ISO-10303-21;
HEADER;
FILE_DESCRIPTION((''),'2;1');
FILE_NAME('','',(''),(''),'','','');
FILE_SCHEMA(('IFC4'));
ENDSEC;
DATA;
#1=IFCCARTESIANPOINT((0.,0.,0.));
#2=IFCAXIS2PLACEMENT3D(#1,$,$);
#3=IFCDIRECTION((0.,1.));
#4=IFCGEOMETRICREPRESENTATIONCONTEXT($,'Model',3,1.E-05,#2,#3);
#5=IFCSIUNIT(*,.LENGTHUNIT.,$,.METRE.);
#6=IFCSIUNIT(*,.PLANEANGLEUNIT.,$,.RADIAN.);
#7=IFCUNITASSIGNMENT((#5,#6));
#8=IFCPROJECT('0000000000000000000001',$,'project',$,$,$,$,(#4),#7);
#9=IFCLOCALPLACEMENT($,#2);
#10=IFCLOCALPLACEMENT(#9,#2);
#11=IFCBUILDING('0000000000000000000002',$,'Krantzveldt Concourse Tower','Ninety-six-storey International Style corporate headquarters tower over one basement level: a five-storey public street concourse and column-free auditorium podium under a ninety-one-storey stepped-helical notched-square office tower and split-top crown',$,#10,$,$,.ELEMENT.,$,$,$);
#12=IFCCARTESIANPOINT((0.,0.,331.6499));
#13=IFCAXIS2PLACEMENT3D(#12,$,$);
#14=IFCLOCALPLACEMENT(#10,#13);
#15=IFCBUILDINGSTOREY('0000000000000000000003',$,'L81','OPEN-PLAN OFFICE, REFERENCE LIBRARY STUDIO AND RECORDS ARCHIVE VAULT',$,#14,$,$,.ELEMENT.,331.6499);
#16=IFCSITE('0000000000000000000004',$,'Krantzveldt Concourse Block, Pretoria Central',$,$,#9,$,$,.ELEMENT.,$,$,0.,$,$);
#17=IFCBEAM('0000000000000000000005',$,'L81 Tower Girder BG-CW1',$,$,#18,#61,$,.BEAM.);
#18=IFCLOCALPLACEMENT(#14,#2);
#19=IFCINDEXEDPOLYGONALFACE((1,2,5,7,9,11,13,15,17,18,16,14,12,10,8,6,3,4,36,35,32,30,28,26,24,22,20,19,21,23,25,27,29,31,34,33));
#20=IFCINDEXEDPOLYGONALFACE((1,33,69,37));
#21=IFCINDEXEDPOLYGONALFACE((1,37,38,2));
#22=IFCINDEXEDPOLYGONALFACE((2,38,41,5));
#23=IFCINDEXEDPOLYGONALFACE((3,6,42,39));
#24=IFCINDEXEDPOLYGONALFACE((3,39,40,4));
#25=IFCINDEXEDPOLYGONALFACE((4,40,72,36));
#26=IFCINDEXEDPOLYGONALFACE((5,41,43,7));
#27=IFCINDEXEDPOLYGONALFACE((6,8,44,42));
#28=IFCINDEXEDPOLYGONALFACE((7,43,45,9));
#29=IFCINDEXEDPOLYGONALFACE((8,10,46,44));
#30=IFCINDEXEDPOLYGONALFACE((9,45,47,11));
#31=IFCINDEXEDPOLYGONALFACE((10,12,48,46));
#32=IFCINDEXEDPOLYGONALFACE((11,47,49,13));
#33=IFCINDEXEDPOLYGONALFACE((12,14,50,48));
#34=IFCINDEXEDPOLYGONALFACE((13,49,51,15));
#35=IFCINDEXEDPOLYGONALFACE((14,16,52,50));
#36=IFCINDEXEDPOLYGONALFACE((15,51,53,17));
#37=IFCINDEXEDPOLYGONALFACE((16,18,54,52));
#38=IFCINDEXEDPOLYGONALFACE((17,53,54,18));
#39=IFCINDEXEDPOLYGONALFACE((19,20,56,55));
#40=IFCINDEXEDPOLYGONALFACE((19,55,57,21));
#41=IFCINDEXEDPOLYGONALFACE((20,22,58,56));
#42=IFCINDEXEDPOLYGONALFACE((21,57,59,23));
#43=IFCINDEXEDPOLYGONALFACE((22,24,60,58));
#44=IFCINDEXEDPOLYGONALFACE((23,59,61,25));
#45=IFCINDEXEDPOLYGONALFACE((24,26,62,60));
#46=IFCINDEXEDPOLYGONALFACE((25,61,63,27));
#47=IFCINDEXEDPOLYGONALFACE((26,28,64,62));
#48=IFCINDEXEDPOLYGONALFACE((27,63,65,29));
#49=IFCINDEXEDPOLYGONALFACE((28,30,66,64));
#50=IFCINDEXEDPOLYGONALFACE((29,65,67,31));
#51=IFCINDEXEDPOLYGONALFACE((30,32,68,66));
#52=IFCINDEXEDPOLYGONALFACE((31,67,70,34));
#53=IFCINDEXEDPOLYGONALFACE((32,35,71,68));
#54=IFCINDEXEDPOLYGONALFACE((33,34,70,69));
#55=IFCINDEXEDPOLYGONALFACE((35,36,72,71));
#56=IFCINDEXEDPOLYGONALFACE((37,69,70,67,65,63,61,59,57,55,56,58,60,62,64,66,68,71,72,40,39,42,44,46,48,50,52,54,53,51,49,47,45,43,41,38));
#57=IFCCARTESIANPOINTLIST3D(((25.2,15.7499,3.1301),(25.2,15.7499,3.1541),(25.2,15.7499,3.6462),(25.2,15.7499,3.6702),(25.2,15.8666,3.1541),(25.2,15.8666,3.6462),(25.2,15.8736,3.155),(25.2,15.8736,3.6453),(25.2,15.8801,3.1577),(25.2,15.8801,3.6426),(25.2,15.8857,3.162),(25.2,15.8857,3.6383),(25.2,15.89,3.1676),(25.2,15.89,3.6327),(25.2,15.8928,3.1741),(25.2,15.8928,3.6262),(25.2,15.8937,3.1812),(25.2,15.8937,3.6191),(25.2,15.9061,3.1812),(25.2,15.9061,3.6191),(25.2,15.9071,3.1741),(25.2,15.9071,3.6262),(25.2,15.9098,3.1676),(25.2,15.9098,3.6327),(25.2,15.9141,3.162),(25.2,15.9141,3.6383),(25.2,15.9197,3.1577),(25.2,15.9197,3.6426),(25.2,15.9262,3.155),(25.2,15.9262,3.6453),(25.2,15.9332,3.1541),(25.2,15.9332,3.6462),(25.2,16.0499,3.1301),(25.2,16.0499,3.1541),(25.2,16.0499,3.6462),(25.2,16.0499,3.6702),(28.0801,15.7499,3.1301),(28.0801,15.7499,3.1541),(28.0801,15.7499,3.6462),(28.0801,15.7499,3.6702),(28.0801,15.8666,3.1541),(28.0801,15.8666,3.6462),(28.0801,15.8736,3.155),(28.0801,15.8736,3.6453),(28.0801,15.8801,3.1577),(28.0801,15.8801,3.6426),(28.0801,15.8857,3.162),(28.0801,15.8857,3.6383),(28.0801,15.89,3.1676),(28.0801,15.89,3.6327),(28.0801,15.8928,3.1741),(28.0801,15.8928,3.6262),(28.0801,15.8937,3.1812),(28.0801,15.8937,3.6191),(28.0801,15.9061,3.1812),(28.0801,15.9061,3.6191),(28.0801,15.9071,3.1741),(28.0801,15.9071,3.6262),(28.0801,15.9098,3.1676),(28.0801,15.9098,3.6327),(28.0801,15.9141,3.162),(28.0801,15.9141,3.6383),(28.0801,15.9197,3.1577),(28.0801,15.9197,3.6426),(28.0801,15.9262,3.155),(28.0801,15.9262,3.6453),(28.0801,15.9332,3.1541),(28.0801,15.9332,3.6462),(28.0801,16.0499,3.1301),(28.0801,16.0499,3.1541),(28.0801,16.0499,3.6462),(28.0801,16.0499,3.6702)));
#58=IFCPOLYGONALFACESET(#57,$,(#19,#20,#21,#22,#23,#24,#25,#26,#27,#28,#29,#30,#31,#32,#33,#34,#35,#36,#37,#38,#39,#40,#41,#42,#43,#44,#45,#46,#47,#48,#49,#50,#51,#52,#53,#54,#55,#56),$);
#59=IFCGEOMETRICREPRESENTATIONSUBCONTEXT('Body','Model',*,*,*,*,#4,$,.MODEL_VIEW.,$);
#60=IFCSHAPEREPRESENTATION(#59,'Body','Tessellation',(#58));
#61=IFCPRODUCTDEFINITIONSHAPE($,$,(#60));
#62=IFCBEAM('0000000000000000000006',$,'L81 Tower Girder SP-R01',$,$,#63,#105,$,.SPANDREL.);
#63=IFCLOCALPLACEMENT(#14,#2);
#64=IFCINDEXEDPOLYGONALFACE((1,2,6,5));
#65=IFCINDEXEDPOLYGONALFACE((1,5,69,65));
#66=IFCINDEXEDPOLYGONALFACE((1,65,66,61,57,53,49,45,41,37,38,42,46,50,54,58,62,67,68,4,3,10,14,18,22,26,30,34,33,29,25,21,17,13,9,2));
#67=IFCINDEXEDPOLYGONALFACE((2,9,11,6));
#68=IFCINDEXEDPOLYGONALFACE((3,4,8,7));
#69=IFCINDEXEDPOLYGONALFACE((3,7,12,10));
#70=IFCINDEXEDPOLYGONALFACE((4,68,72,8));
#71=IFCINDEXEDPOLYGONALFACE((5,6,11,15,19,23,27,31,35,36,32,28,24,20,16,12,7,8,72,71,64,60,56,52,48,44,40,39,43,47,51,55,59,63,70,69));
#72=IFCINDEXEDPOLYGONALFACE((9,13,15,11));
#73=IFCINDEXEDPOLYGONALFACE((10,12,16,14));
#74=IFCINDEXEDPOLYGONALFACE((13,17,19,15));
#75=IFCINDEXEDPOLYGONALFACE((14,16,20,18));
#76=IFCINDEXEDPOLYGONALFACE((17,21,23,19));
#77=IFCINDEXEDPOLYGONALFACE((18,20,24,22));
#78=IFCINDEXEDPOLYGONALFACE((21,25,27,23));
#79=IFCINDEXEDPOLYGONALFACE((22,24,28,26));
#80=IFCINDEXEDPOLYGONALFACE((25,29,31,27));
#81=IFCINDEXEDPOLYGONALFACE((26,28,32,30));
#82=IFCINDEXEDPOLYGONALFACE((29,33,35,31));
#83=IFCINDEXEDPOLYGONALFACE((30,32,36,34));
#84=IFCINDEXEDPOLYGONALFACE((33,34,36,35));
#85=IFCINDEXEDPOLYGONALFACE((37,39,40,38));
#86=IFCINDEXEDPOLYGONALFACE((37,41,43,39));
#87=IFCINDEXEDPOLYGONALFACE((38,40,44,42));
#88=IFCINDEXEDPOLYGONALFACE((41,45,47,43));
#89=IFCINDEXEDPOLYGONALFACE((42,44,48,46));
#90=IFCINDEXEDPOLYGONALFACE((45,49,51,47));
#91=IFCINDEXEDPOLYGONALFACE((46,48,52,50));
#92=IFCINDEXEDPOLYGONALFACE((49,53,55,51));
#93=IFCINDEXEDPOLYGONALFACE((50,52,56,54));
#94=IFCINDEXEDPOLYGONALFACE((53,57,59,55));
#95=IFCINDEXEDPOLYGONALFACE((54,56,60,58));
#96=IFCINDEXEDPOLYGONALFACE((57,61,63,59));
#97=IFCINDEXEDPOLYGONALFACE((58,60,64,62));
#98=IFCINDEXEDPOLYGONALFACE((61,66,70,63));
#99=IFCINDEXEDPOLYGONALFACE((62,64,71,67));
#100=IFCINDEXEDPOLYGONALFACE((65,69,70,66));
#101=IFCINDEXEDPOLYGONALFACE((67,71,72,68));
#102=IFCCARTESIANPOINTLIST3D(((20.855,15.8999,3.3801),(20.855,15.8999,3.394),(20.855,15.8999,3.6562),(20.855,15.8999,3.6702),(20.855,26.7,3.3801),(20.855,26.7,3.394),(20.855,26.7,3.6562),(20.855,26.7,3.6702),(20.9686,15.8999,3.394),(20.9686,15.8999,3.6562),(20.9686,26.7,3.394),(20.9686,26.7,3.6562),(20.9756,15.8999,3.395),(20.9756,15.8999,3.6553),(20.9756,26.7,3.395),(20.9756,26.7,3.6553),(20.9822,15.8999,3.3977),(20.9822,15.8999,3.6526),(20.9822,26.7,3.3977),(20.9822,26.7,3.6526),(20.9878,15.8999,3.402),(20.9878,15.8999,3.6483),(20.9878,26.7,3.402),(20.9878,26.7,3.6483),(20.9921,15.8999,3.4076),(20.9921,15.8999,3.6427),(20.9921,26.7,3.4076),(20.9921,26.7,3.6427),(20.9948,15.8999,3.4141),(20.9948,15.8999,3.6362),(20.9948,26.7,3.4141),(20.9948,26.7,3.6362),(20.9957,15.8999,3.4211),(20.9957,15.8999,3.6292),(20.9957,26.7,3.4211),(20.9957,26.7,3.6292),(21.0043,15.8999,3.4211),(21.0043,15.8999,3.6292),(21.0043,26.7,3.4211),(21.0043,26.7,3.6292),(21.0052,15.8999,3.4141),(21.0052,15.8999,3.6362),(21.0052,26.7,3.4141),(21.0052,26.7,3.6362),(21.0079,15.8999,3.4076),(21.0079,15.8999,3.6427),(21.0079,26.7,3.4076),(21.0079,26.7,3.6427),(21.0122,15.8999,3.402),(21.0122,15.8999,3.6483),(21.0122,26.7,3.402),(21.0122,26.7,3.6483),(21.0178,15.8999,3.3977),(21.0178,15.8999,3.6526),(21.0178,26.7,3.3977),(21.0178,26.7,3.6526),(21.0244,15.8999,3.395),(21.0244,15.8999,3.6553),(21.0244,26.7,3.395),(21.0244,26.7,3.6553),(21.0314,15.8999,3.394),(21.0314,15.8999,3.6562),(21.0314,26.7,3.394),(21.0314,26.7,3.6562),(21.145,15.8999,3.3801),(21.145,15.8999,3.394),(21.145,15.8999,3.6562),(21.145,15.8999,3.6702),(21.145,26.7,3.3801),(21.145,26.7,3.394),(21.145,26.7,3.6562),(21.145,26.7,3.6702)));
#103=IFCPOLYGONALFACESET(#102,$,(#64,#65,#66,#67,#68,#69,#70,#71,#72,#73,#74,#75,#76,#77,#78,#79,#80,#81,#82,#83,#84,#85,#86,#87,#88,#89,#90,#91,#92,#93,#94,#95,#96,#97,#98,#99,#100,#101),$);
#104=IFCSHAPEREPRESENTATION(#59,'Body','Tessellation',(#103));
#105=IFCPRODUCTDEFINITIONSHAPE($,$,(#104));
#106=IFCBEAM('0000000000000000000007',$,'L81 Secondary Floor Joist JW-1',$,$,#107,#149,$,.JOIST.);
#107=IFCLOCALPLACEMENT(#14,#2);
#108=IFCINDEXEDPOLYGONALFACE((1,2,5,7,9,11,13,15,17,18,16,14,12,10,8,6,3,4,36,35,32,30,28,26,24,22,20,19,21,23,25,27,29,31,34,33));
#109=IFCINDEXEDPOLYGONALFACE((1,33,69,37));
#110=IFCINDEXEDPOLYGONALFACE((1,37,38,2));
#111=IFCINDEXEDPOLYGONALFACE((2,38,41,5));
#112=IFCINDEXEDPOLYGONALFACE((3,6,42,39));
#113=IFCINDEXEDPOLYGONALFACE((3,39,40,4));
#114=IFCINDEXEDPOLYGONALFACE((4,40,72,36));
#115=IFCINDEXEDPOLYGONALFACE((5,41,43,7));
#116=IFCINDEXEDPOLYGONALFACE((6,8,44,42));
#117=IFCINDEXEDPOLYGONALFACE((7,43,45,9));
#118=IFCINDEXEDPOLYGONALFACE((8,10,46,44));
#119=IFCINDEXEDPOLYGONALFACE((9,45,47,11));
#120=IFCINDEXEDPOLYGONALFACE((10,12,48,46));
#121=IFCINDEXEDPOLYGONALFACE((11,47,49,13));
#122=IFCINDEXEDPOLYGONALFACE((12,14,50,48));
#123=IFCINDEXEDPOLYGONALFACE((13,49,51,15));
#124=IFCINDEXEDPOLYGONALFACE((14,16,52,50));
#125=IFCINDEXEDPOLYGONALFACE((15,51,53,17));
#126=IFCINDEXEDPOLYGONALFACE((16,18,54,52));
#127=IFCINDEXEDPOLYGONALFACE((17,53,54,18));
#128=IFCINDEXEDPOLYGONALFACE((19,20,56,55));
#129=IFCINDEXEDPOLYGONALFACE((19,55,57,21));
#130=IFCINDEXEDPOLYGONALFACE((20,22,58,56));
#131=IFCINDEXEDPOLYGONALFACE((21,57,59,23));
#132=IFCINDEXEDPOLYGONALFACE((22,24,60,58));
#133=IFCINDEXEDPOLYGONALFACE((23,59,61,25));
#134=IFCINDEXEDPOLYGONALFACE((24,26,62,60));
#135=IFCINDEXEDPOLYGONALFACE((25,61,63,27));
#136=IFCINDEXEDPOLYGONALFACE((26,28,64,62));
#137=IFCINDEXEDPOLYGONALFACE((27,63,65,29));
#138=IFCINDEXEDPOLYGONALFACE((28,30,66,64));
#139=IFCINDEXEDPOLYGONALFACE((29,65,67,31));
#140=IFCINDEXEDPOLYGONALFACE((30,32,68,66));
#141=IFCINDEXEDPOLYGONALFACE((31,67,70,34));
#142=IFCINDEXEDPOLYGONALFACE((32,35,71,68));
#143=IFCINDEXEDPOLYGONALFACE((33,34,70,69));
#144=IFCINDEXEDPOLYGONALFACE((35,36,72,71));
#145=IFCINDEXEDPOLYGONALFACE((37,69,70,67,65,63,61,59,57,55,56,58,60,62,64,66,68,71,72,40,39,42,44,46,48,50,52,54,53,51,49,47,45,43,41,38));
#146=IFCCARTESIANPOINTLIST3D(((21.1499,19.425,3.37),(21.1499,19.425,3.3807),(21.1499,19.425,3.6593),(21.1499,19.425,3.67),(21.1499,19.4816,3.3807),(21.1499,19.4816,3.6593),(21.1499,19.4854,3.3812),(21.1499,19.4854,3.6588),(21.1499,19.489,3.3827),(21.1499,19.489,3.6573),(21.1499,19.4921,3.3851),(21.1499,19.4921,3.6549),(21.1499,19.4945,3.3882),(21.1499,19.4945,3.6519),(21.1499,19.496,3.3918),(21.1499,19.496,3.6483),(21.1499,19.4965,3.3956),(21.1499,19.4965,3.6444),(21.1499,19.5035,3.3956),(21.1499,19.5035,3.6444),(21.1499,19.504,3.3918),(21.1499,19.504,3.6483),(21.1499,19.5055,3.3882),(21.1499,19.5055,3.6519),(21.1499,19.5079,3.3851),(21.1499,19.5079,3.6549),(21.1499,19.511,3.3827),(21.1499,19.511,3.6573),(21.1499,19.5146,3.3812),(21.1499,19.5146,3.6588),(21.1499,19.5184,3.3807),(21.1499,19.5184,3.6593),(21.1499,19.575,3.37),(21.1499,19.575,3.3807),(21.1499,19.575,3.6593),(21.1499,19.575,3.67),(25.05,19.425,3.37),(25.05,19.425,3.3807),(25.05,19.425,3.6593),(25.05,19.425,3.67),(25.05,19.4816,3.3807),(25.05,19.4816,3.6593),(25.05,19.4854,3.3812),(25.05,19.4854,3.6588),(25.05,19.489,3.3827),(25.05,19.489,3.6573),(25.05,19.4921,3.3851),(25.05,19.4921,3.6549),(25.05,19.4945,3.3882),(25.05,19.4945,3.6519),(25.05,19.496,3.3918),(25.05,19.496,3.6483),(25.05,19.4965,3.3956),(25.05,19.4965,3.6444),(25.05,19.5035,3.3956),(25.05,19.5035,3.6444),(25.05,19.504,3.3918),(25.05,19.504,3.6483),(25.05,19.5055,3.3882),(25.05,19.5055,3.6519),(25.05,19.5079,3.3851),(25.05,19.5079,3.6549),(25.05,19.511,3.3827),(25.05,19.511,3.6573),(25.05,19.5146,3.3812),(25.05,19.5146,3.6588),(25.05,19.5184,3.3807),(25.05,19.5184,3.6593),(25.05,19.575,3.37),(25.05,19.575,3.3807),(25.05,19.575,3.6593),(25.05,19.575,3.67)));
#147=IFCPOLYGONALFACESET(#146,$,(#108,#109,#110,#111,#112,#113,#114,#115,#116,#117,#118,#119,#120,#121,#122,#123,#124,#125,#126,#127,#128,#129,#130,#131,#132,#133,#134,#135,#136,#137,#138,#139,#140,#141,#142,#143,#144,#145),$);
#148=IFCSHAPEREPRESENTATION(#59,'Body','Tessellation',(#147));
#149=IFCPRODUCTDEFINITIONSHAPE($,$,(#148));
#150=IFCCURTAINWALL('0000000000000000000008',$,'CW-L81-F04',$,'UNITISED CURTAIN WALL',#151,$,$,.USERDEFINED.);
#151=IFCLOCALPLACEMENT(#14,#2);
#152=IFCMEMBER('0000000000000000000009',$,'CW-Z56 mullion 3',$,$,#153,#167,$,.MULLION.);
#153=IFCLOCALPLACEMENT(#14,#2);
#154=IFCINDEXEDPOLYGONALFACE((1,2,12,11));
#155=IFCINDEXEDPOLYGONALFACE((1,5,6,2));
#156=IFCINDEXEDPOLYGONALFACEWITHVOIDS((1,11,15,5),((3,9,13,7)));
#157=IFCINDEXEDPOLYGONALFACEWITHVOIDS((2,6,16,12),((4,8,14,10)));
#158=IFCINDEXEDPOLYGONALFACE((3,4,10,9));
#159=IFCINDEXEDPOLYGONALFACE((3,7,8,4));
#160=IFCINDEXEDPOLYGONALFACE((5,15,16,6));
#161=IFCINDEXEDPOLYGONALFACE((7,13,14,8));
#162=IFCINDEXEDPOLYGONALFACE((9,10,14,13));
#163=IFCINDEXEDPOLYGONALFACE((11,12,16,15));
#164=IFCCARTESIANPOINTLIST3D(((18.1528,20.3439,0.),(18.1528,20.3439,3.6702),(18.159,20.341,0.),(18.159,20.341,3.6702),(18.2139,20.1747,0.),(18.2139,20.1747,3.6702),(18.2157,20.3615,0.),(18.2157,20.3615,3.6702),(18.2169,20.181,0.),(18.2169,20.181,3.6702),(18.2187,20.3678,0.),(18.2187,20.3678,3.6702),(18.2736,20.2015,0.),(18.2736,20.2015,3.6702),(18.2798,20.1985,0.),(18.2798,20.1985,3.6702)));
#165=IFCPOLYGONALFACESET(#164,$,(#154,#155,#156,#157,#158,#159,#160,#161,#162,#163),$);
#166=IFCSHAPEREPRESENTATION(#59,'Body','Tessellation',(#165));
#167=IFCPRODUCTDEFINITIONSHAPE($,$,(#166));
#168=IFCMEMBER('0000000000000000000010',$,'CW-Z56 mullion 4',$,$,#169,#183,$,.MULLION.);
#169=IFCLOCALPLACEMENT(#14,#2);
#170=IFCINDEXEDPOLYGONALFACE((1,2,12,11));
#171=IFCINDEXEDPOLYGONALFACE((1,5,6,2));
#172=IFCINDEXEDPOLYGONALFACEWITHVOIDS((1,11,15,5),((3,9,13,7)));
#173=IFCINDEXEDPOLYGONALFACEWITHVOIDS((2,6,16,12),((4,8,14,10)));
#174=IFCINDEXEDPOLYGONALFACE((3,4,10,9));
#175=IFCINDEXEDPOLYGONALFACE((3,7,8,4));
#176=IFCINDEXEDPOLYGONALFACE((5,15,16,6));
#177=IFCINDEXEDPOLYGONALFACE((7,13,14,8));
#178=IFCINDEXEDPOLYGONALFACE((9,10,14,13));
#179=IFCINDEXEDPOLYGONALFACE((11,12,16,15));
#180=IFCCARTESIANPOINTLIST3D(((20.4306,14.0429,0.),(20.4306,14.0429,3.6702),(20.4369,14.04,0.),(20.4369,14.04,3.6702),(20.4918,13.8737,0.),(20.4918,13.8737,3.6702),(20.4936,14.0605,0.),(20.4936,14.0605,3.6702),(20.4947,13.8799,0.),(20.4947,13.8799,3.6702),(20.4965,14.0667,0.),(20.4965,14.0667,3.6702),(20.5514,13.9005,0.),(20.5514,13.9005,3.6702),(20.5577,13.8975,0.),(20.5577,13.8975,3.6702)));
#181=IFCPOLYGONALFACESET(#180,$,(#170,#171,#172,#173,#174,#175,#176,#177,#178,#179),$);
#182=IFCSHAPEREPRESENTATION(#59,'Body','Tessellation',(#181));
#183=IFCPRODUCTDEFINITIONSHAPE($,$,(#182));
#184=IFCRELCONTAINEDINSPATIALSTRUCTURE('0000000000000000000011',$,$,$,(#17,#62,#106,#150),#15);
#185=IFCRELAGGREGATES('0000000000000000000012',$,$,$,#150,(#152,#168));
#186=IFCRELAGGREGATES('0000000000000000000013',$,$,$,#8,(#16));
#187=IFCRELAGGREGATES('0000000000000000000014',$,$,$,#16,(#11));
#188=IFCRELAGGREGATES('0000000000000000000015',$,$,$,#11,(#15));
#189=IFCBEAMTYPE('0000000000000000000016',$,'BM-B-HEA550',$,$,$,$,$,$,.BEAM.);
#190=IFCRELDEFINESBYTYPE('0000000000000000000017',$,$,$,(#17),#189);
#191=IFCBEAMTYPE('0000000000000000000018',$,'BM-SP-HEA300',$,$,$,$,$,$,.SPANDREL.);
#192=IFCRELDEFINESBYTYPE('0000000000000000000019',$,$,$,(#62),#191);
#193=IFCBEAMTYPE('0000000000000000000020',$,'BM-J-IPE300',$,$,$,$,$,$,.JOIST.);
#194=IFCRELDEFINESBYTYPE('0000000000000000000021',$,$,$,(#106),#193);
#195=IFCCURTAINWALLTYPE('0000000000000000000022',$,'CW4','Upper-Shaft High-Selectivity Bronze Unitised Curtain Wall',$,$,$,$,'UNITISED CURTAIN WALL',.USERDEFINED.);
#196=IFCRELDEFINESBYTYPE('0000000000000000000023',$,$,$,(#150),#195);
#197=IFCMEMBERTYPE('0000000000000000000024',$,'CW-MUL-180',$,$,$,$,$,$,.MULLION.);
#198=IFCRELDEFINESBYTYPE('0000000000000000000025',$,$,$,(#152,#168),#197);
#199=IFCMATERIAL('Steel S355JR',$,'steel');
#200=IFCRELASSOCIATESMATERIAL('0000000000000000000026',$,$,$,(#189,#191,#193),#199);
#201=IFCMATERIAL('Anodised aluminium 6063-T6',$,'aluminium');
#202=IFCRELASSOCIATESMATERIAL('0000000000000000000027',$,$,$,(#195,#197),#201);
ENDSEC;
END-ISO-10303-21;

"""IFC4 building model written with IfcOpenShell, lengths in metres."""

from ifc_helpers import new_model, si_unit, direction, frame, origin, origin_2d, place, context, subcontext, project, spatial, hollow_rectangle, i_section, extrude, source, transform, mapped, material, material_profile, profile_set, type_object, type_shapes, element, aggregate, save


model = new_model("IFC4")

# Units and contexts
model_context = context("Model", 3, precision=1e-05, world=origin(), true_north=direction((0.0, 1.0)))
body_context = subcontext(model_context, "Body", "Model", "MODEL_VIEW")
ifc_project = project(units=[si_unit("LENGTHUNIT", "METRE"), si_unit("PLANEANGLEUNIT", "RADIAN")], contexts=[model_context])

# Site, building, storey
site_placement = place(None, origin())
site = spatial("IfcSite", under=ifc_project, at=site_placement, Name="Krantzveldt Concourse Block, Pretoria Central", CompositionType="ELEMENT", RefElevation=0.0)
building_placement = place(site_placement, origin())
building = spatial("IfcBuilding", under=site, at=building_placement, Name="Krantzveldt Concourse Tower", Description="Ninety-six-storey International Style corporate headquarters tower over one basement level: a five-storey public street concourse and column-free auditorium podium under a ninety-one-storey stepped-helical notched-square office tower and split-top crown", CompositionType="ELEMENT")
storey_placement = place(building_placement, frame((0.0, 0.0, 331.6499)))
storey = spatial("IfcBuildingStorey", under=building, at=storey_placement, Name="L81", Description="OPEN-PLAN OFFICE, REFERENCE LIBRARY STUDIO AND RECORDS ARCHIVE VAULT", CompositionType="ELEMENT", Elevation=331.6499)

# Beams
ifc_material_1 = material(Name="Steel S355JR", Category="steel")
ifc_material_profile_1 = material_profile(ifc_material_1, i_section(OverallWidth=0.3, OverallDepth=0.54, WebThickness=0.0125, FlangeThickness=0.0239, FilletRadius=0.0271, at=origin_2d()), Name="Steel S355JR", Category="steel")
ifc_profile_set_1 = profile_set([ifc_material_profile_1], Name="Steel S355JR - HEA 550")
beam_type_1 = type_object("IfcBeamType", Name="BM-B-HEA550", PredefinedType="BEAM", material=ifc_profile_set_1)
shared_shape_1 = source(origin(), body_context, "Body", "SweptSolid", [
    extrude(i_section(OverallWidth=0.3, OverallDepth=0.54, WebThickness=0.0125, FlangeThickness=0.0239, FilletRadius=0.0271, at=origin_2d()), origin(), (0.0, 0.0, 1.0), 2.8801),
])
beam_1_placement = place(storey_placement, frame((25.2, 15.8999, 3.4001), z_axis=(1.0, 0.0, 0.0), x_axis=(0.0, 1.0, 0.0)))
element("IfcBeam", 1, at=beam_1_placement, inside=storey, type_object=beam_type_1, Name="L81 Tower Girder BG-CW1", PredefinedType="BEAM", context=body_context, shape_type="MappedRepresentation", body=[
    mapped(shared_shape_1, transform((0.0, 0.0, 0.0), x_axis=(1.0, 0.0, 0.0), y_axis=(0.0, 1.0, 0.0), z_axis=(0.0, 0.0, 1.0), scale=1.0)),
])
ifc_material_profile_2 = material_profile(ifc_material_1, i_section(OverallWidth=0.29, OverallDepth=0.29, WebThickness=0.0085, FlangeThickness=0.0139, FilletRadius=0.0271, at=origin_2d()), Name="Steel S355JR", Category="steel")
ifc_profile_set_2 = profile_set([ifc_material_profile_2], Name="Steel S355JR - HEA 300")
beam_type_2 = type_object("IfcBeamType", Name="BM-SP-HEA300", PredefinedType="SPANDREL", material=ifc_profile_set_2)
shared_shape_2 = source(origin(), body_context, "Body", "SweptSolid", [
    extrude(i_section(OverallWidth=0.29, OverallDepth=0.29, WebThickness=0.0085, FlangeThickness=0.0139, FilletRadius=0.0271, at=origin_2d()), origin(), (0.0, 0.0, 1.0), 10.8),
])
type_shapes(beam_type_2, [shared_shape_2])
beam_2_placement = place(storey_placement, frame((21.0, 15.8999, 3.5251), z_axis=(0.0, 1.0, 0.0), x_axis=(-1.0, 0.0, 0.0)))
element("IfcBeam", 2, at=beam_2_placement, inside=storey, type_object=beam_type_2, Name="L81 Tower Girder SP-R01", PredefinedType="SPANDREL", context=body_context, shape_type="MappedRepresentation", body=[
    mapped(shared_shape_2, transform((0.0, 0.0, 0.0), x_axis=(1.0, 0.0, 0.0), y_axis=(0.0, 1.0, 0.0), z_axis=(0.0, 0.0, 1.0), scale=1.0)),
])
ifc_material_profile_3 = material_profile(ifc_material_1, i_section(OverallWidth=0.1499, OverallDepth=0.3, WebThickness=0.0071, FlangeThickness=0.0107, FilletRadius=0.0149, at=origin_2d()), Name="Steel S355JR", Category="steel")
ifc_profile_set_3 = profile_set([ifc_material_profile_3], Name="Steel S355JR - IPE 300")
beam_type_3 = type_object("IfcBeamType", Name="BM-J-IPE300", PredefinedType="JOIST", material=ifc_profile_set_3)
shared_shape_3 = source(origin(), body_context, "Body", "SweptSolid", [
    extrude(i_section(OverallWidth=0.1499, OverallDepth=0.3, WebThickness=0.0071, FlangeThickness=0.0107, FilletRadius=0.0149, at=origin_2d()), origin(), (0.0, 0.0, 1.0), 3.9001),
])
type_shapes(beam_type_3, [shared_shape_3])
beam_3_placement = place(storey_placement, frame((21.1499, 19.5, 3.52), z_axis=(1.0, 0.0, 0.0), x_axis=(0.0, 1.0, 0.0)))
element("IfcBeam", 3, at=beam_3_placement, inside=storey, type_object=beam_type_3, Name="L81 Secondary Floor Joist JW-1", PredefinedType="JOIST", context=body_context, shape_type="MappedRepresentation", body=[
    mapped(shared_shape_3, transform((0.0, 0.0, 0.0), x_axis=(1.0, 0.0, 0.0), y_axis=(0.0, 1.0, 0.0), z_axis=(0.0, 0.0, 1.0), scale=1.0)),
])

# Curtain wall, members
ifc_material_2 = material(Name="Anodised aluminium 6063-T6", Category="aluminium")
curtain_wall_type = type_object("IfcCurtainWallType", Name="CW4", Description="Upper-Shaft High-Selectivity Bronze Unitised Curtain Wall", ElementType="UNITISED CURTAIN WALL", PredefinedType="USERDEFINED", material=ifc_material_2)
curtain_wall_placement = place(storey_placement, origin())
curtain_wall = element("IfcCurtainWall", 4, at=curtain_wall_placement, inside=storey, type_object=curtain_wall_type, Name="CW-L81-F04", ObjectType="UNITISED CURTAIN WALL", PredefinedType="USERDEFINED")
ifc_material_profile_4 = material_profile(ifc_material_2, hollow_rectangle(XDim=0.0701, YDim=0.1799, WallThickness=0.0049, at=origin_2d()), Name="Anodised aluminium 6063-T6", Category="aluminium")
ifc_profile_set_4 = profile_set([ifc_material_profile_4], Name="Anodised aluminium 6063-T6 - ALU-MULL 180x70x5")
member_type_1 = type_object("IfcMemberType", Name="CW-MUL-180", PredefinedType="MULLION", material=ifc_profile_set_4)
shared_shape_4 = source(origin(), body_context, "Body", "SweptSolid", [
    extrude(hollow_rectangle(XDim=0.0701, YDim=0.1799, WallThickness=0.0049, at=origin_2d()), origin(), (0.0, 0.0, 1.0), 3.6702),
])
type_shapes(member_type_1, [shared_shape_4])
member_1_placement = place(storey_placement, frame((18.2163, 20.2712, 0.0), z_axis=(0.0, 0.0, 1.0), x_axis=(0.940437, 0.339969, 0.0)))
member_1 = element("IfcMember", 5, at=member_1_placement, type_object=member_type_1, Name="CW-Z56 mullion 3", PredefinedType="MULLION", context=body_context, shape_type="MappedRepresentation", body=[
    mapped(shared_shape_4, transform((0.0, 0.0, 0.0), x_axis=(1.0, 0.0, 0.0), y_axis=(0.0, 1.0, 0.0), z_axis=(0.0, 0.0, 1.0), scale=1.0)),
])
member_2_placement = place(storey_placement, frame((20.4941, 13.9702, 0.0), z_axis=(0.0, 0.0, 1.0), x_axis=(0.940437, 0.339969, 0.0)))
member_2 = element("IfcMember", 6, at=member_2_placement, type_object=member_type_1, Name="CW-Z56 mullion 4", PredefinedType="MULLION", context=body_context, shape_type="MappedRepresentation", body=[
    mapped(shared_shape_4, transform((0.0, 0.0, 0.0), x_axis=(1.0, 0.0, 0.0), y_axis=(0.0, 1.0, 0.0), z_axis=(0.0, 0.0, 1.0), scale=1.0)),
])

aggregate(curtain_wall, [member_1, member_2])

save(model, "model.ifc")
